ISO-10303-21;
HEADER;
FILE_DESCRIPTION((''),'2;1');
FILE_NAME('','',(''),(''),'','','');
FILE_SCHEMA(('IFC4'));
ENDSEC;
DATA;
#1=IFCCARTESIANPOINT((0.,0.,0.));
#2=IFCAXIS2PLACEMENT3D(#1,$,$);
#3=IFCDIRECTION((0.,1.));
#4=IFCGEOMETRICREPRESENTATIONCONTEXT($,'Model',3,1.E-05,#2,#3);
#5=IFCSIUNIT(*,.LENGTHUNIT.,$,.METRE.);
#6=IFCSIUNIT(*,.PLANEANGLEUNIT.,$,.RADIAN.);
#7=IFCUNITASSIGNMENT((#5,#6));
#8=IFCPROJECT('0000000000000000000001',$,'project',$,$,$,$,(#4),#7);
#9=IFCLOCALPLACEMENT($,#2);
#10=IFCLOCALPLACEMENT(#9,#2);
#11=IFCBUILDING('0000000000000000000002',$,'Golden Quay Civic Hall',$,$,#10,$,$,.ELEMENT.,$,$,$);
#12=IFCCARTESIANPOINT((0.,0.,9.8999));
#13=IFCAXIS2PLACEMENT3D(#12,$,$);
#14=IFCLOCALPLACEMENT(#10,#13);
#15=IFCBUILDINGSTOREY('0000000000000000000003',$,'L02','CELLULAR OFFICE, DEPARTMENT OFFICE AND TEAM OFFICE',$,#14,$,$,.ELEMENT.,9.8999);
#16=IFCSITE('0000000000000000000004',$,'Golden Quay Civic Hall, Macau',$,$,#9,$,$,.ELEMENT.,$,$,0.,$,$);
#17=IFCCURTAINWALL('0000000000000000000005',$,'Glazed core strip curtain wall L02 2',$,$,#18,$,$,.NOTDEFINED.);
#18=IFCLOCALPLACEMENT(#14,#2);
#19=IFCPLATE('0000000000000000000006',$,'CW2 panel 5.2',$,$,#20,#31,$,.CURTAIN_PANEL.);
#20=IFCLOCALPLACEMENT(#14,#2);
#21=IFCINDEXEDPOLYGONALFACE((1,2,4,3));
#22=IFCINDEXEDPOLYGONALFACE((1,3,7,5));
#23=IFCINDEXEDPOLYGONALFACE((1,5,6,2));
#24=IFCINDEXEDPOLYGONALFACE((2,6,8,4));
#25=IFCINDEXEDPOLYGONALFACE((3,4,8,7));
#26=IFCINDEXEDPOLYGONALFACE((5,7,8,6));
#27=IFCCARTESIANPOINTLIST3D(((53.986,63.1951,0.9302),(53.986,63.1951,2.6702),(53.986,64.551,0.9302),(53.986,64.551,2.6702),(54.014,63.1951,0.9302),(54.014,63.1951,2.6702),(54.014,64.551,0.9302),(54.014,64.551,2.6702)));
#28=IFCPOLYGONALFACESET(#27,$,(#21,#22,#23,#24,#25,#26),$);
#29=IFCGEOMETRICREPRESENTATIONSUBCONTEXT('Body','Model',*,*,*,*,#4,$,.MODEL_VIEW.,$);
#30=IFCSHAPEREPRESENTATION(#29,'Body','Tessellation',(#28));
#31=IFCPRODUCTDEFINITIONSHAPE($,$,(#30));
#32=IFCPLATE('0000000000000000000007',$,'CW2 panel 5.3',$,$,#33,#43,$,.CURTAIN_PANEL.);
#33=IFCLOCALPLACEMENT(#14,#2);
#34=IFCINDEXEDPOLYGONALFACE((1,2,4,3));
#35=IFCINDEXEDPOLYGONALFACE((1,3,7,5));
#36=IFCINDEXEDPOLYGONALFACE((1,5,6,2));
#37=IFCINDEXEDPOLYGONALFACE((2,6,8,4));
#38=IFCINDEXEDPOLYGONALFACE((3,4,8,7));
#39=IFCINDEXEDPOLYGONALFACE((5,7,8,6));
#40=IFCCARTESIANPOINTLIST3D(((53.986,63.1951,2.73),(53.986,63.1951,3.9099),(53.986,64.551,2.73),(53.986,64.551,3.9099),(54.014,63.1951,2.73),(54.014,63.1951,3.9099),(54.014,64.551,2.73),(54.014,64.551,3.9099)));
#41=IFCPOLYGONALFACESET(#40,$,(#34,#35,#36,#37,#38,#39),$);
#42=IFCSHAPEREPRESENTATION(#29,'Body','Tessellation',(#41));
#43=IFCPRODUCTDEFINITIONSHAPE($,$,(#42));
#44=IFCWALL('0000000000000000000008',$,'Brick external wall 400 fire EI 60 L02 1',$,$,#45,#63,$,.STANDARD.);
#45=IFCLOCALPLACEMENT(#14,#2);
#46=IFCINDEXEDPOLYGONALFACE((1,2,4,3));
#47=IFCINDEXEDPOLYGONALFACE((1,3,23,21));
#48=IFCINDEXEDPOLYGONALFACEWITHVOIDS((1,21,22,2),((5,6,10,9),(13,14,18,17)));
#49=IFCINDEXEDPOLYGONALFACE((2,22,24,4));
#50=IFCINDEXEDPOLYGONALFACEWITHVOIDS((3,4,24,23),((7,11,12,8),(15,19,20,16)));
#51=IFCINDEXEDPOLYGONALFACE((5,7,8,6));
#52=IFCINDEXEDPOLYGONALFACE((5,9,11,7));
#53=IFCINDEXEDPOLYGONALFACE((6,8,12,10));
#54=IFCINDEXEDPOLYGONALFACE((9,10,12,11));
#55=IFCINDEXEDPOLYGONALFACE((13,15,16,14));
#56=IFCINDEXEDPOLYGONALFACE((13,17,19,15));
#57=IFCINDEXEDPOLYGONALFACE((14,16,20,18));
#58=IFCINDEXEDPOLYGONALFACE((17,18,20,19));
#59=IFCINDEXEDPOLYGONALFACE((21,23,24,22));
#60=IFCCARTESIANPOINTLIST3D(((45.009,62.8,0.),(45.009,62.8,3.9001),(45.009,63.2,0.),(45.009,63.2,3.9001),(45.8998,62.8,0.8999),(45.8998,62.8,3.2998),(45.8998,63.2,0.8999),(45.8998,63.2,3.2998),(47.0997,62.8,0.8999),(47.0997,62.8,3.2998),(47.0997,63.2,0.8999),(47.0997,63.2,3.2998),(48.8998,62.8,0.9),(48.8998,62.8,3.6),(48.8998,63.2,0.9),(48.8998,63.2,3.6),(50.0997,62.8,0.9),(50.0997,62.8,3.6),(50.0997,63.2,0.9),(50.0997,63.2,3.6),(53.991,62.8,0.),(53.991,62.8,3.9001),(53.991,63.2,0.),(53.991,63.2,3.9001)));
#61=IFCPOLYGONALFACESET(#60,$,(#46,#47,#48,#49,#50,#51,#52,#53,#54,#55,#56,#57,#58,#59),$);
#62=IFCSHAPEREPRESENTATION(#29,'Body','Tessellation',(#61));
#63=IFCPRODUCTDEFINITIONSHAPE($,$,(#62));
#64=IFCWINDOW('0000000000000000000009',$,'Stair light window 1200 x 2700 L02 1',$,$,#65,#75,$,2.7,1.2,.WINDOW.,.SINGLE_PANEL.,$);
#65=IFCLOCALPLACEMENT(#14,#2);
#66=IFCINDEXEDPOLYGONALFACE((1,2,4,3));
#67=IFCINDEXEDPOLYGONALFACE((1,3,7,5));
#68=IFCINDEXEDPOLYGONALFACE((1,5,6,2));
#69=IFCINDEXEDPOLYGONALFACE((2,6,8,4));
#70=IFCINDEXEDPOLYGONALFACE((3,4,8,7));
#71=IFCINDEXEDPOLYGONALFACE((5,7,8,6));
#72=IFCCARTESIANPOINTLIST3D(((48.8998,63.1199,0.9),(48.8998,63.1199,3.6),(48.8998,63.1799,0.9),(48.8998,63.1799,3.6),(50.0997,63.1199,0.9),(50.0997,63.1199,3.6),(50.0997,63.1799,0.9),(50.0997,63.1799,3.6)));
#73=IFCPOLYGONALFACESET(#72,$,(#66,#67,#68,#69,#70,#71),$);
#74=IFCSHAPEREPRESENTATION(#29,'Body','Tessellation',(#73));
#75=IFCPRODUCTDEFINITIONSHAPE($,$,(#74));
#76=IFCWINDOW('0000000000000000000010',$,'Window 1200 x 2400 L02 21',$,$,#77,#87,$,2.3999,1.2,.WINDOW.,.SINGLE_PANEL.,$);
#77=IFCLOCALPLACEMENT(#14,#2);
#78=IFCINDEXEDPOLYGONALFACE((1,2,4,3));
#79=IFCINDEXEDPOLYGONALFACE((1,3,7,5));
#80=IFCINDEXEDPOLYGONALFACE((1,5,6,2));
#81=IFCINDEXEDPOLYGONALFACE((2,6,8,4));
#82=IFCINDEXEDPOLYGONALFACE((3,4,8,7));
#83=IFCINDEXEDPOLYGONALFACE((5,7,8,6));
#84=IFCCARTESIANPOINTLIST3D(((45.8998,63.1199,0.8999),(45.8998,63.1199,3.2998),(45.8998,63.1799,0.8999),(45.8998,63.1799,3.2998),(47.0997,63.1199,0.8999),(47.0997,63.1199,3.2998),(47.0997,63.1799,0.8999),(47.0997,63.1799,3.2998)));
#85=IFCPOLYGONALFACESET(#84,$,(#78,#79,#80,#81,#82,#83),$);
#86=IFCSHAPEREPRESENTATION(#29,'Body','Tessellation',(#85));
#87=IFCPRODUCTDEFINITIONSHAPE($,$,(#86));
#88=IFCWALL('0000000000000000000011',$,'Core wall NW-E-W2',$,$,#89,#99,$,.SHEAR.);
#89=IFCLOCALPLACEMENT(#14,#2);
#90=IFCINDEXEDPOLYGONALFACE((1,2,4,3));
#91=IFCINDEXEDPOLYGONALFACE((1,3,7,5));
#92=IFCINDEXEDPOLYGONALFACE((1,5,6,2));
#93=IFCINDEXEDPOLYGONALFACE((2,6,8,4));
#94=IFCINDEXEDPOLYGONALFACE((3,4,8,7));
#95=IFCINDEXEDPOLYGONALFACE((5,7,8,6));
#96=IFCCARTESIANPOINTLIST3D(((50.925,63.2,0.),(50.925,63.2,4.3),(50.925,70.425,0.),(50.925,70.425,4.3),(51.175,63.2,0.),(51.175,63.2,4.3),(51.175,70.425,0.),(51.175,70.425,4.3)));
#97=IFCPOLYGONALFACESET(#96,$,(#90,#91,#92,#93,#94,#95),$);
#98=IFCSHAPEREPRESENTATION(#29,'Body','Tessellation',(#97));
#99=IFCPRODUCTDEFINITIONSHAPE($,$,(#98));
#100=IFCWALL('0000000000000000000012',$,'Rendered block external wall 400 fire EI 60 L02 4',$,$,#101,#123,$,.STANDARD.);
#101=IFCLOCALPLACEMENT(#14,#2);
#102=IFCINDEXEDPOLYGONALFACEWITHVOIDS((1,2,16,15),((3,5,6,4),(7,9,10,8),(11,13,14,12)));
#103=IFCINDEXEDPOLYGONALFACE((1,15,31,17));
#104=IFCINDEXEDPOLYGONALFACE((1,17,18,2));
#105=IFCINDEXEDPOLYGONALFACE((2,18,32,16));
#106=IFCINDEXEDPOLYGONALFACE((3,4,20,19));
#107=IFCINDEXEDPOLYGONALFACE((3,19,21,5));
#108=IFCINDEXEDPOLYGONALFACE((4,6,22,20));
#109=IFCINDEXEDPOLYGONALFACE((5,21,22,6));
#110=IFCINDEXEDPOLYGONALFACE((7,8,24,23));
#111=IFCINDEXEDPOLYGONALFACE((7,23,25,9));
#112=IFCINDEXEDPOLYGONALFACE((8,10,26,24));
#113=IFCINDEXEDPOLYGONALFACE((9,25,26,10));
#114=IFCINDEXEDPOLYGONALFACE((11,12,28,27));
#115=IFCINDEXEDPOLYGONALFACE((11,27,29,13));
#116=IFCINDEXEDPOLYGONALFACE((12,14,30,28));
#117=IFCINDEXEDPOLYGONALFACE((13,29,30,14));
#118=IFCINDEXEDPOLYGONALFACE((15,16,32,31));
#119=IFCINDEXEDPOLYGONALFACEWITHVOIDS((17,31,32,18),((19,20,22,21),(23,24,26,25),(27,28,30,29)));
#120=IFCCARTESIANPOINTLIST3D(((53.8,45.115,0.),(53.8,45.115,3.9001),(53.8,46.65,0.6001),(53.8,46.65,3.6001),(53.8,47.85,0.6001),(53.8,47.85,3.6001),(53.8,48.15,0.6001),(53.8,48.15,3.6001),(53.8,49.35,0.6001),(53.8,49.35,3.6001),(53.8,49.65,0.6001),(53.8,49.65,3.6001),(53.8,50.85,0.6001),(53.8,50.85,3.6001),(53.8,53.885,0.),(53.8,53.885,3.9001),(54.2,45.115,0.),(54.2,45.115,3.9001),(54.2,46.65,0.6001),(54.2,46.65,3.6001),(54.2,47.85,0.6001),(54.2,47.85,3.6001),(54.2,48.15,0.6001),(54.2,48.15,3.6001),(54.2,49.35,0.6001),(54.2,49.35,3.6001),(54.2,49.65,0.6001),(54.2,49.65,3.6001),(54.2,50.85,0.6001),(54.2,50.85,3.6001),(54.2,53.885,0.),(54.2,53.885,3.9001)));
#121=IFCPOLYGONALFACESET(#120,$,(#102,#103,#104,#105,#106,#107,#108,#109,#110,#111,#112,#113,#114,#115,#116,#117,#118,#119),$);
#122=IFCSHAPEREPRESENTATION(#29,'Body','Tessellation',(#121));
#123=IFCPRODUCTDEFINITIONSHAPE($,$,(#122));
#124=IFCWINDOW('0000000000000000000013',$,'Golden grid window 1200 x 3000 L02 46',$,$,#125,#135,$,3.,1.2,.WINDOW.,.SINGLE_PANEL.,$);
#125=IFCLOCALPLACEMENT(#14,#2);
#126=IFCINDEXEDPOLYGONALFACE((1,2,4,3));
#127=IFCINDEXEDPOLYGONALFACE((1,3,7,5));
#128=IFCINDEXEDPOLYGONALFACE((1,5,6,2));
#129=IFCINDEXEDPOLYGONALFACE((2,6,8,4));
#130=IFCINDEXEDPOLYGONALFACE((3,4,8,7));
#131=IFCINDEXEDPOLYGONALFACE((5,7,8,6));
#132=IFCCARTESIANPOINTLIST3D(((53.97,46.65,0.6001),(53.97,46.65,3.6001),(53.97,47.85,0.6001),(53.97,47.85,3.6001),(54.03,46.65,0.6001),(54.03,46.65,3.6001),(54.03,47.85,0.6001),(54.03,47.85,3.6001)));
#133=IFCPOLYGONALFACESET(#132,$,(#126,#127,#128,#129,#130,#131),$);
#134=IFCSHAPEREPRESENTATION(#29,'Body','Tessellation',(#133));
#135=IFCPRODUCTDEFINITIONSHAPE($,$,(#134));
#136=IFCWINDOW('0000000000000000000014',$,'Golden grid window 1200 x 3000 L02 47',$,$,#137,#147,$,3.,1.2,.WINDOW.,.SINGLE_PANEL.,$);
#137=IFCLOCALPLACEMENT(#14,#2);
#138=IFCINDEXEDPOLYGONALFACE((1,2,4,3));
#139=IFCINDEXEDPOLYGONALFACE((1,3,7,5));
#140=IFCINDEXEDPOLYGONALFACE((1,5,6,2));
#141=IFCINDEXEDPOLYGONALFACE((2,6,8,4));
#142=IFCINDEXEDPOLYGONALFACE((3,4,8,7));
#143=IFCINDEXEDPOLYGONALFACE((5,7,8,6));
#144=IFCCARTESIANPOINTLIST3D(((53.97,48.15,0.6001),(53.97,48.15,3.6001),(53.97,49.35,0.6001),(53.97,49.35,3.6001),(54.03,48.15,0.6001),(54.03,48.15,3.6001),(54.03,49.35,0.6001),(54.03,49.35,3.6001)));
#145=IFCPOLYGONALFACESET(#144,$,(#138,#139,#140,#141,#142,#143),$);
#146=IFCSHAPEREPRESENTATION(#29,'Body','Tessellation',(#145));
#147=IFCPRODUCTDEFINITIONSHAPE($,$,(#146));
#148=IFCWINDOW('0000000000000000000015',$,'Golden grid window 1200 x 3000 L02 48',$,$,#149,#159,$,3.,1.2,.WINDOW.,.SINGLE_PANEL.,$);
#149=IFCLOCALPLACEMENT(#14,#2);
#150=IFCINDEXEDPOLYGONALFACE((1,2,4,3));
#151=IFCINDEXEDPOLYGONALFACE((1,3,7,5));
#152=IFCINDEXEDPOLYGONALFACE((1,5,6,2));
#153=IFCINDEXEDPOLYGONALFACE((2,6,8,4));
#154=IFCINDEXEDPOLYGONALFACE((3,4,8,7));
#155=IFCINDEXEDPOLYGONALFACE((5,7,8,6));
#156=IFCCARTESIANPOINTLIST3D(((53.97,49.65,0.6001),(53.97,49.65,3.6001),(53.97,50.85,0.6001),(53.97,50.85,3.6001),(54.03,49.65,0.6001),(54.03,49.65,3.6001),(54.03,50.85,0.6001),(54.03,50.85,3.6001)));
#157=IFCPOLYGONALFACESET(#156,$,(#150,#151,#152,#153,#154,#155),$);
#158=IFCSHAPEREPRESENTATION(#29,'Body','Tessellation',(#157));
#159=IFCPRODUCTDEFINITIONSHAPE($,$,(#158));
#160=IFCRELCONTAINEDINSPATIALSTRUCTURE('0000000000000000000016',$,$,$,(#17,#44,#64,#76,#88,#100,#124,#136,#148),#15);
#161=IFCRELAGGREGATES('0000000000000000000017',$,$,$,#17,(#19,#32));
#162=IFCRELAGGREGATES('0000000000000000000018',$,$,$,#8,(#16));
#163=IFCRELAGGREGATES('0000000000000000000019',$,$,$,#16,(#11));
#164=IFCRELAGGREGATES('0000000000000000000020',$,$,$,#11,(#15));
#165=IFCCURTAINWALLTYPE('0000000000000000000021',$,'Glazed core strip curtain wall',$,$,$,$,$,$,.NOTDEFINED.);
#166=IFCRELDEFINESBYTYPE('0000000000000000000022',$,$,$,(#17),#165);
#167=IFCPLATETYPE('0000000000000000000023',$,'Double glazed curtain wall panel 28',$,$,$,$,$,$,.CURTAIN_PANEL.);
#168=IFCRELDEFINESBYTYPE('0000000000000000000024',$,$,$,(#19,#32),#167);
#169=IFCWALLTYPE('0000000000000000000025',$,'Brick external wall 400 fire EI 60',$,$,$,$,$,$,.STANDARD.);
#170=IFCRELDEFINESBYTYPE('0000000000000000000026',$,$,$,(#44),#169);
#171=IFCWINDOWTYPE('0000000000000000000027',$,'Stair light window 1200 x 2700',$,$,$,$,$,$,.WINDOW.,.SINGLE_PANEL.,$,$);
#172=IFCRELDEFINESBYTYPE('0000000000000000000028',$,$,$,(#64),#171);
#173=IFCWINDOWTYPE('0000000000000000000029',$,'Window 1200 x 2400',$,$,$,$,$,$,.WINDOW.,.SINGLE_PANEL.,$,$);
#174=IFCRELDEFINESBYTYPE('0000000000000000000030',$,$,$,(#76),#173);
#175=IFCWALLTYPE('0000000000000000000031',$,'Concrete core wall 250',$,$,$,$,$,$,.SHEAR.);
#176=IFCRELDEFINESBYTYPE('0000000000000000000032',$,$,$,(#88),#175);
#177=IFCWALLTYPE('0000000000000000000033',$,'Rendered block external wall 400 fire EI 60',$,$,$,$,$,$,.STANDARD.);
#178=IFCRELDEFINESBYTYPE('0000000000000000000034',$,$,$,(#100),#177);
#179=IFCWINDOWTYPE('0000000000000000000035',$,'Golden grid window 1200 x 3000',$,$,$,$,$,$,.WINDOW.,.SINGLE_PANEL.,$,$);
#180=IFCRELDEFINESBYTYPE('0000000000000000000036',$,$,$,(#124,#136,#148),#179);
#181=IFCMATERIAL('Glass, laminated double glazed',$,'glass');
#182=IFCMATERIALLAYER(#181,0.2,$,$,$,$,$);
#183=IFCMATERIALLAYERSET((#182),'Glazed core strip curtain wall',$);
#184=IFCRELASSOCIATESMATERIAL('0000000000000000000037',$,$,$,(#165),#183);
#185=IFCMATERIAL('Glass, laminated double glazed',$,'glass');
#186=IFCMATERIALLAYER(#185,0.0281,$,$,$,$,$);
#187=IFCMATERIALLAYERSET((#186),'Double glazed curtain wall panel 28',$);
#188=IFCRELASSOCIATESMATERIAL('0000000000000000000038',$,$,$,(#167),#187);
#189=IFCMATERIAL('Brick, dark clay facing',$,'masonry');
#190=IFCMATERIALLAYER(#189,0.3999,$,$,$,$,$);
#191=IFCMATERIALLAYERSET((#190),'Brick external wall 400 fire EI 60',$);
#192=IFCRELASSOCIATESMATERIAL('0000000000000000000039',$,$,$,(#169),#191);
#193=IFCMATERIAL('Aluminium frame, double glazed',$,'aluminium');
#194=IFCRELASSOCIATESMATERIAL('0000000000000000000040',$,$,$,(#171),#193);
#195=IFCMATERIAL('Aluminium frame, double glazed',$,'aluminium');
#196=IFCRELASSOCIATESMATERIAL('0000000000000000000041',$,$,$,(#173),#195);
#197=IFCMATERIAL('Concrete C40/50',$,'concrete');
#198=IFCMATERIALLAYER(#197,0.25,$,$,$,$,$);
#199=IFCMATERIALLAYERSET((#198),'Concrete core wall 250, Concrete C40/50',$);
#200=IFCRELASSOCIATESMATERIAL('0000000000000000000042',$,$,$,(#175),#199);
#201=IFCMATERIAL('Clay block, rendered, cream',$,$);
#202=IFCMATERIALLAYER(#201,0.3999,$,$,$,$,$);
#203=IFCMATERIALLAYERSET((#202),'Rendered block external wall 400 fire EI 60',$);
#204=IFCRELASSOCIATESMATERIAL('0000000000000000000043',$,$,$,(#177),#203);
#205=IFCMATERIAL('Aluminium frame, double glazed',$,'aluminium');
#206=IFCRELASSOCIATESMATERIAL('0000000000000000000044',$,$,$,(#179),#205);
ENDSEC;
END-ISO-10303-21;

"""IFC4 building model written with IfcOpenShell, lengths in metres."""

from ifc_helpers import new_model, si_unit, direction, frame, frame_2d, origin, origin_2d, place, context, subcontext, project, spatial, rectangle, extrude, material, layer, layer_set, type_object, element, fill, aggregate, save


model = new_model("IFC4")

# Units and contexts
model_context = context("Model", 3, precision=1e-05, world=origin(), true_north=direction((0.0, 1.0)))
body_context = subcontext(model_context, "Body", "Model", "MODEL_VIEW")
ifc_project = project(units=[si_unit("LENGTHUNIT", "METRE"), si_unit("PLANEANGLEUNIT", "RADIAN")], contexts=[model_context])

# Site, building, storey
site_placement = place(None, origin())
site = spatial("IfcSite", under=ifc_project, at=site_placement, Name="Golden Quay Civic Hall, Macau", CompositionType="ELEMENT", RefElevation=0.0)
building_placement = place(site_placement, origin())
building = spatial("IfcBuilding", under=site, at=building_placement, Name="Golden Quay Civic Hall", CompositionType="ELEMENT")
storey_placement = place(building_placement, frame((0.0, 0.0, 9.8999)))
storey = spatial("IfcBuildingStorey", under=building, at=storey_placement, Name="L02", Description="CELLULAR OFFICE, DEPARTMENT OFFICE AND TEAM OFFICE", CompositionType="ELEMENT", Elevation=9.8999)

# Curtain wall
ifc_material_1 = material(Name="Glass, laminated double glazed", Category="glass")
ifc_layer_1 = layer(ifc_material_1, 0.2)
ifc_layer_set_1 = layer_set([ifc_layer_1], Name="Glazed core strip curtain wall")
curtain_wall_type = type_object("IfcCurtainWallType", Name="Glazed core strip curtain wall", PredefinedType="NOTDEFINED", material=ifc_layer_set_1)
curtain_wall_placement = place(storey_placement, origin())
curtain_wall = element("IfcCurtainWall", 1, at=curtain_wall_placement, inside=storey, type_object=curtain_wall_type, Name="Glazed core strip curtain wall L02 2", PredefinedType="NOTDEFINED")

# Plates
ifc_material_2 = material(Name="Glass, laminated double glazed", Category="glass")
ifc_layer_2 = layer(ifc_material_2, 0.0281)
ifc_layer_set_2 = layer_set([ifc_layer_2], Name="Double glazed curtain wall panel 28")
plate_type = type_object("IfcPlateType", Name="Double glazed curtain wall panel 28", PredefinedType="CURTAIN_PANEL", material=ifc_layer_set_2)
plate_1_placement = place(storey_placement, frame((54.0, 63.873, 0.9302), z_axis=(0.0, 0.0, 1.0), x_axis=(0.0, -1.0, 0.0)))
plate_1 = element("IfcPlate", 2, at=plate_1_placement, type_object=plate_type, Name="CW2 panel 5.2", PredefinedType="CURTAIN_PANEL", context=body_context, shape_type="SweptSolid", body=[
    extrude(rectangle(XDim=1.356, YDim=0.0281, at=origin_2d()), origin(), (0.0, 0.0, 1.0), 1.74),
])
plate_2_placement = place(storey_placement, frame((54.0, 63.873, 2.73), z_axis=(0.0, 0.0, 1.0), x_axis=(0.0, -1.0, 0.0)))
plate_2 = element("IfcPlate", 3, at=plate_2_placement, type_object=plate_type, Name="CW2 panel 5.3", PredefinedType="CURTAIN_PANEL", context=body_context, shape_type="SweptSolid", body=[
    extrude(rectangle(XDim=1.356, YDim=0.0281, at=origin_2d()), origin(), (0.0, 0.0, 1.0), 1.1799),
])
aggregate(curtain_wall, [plate_1, plate_2])

# Wall, openings, windows
ifc_material_3 = material(Name="Brick, dark clay facing", Category="masonry")
ifc_layer_3 = layer(ifc_material_3, 0.3999)
ifc_layer_set_3 = layer_set([ifc_layer_3], Name="Brick external wall 400 fire EI 60")
wall_type_1 = type_object("IfcWallType", Name="Brick external wall 400 fire EI 60", PredefinedType="STANDARD", material=ifc_layer_set_3)
wall_1_placement = place(storey_placement, frame((53.991, 63.0, 0.0), z_axis=(0.0, 0.0, 1.0), x_axis=(-1.0, 0.0, 0.0)))
wall_1 = element("IfcWall", 4, at=wall_1_placement, inside=storey, type_object=wall_type_1, Name="Brick external wall 400 fire EI 60 L02 1", PredefinedType="STANDARD", context=body_context, shape_type="SweptSolid", body=[
    extrude(rectangle(XDim=8.9819, YDim=0.3999, at=frame_2d((4.491, 0.0))), origin(), (0.0, 0.0, 1.0), 3.9001),
])
opening_1_placement = place(wall_1_placement, frame((6.8911, 0.0, 0.8999)))
opening_1 = element("IfcOpeningElement", 5, at=opening_1_placement, cuts=wall_1, PredefinedType="OPENING", context=body_context, shape_type="SweptSolid", body=[
    extrude(rectangle(XDim=1.2, YDim=2.3999, at=frame_2d((0.6001, 1.2))), frame((0.0, 0.21, 0.0), z_axis=(0.0, -1.0, 0.0), x_axis=(1.0, 0.0, 0.0)), (0.0, 0.0, 1.0), 0.4199),
])
opening_2_placement = place(wall_1_placement, frame((3.8911, 0.0, 0.8999)))
opening_2 = element("IfcOpeningElement", 6, at=opening_2_placement, cuts=wall_1, PredefinedType="OPENING", context=body_context, shape_type="SweptSolid", body=[
    extrude(rectangle(XDim=1.2, YDim=2.7, at=frame_2d((0.6001, 1.3501))), frame((0.0, 0.21, 0.0), z_axis=(0.0, -1.0, 0.0), x_axis=(1.0, 0.0, 0.0)), (0.0, 0.0, 1.0), 0.4199),
])
ifc_material_4 = material(Name="Aluminium frame, double glazed", Category="aluminium")
window_type_1 = type_object("IfcWindowType", Name="Stair light window 1200 x 2700", PartitioningType="SINGLE_PANEL", PredefinedType="WINDOW", material=ifc_material_4)
window_1_placement = place(opening_2_placement, origin())
window_1 = element("IfcWindow", 7, at=window_1_placement, inside=storey, type_object=window_type_1, Name="Stair light window 1200 x 2700 L02 1", OverallHeight=2.7, OverallWidth=1.2, PartitioningType="SINGLE_PANEL", PredefinedType="WINDOW", context=body_context, shape_type="SweptSolid", body=[
    extrude(rectangle(XDim=1.2, YDim=2.7, at=frame_2d((0.6001, 1.3501))), frame((0.0, -0.1199, 0.0), z_axis=(0.0, -1.0, 0.0), x_axis=(1.0, 0.0, 0.0)), (0.0, 0.0, 1.0), 0.0601),
])
fill(opening_2, window_1)
ifc_material_5 = material(Name="Aluminium frame, double glazed", Category="aluminium")
window_type_2 = type_object("IfcWindowType", Name="Window 1200 x 2400", PartitioningType="SINGLE_PANEL", PredefinedType="WINDOW", material=ifc_material_5)
window_2_placement = place(opening_1_placement, origin())
window_2 = element("IfcWindow", 8, at=window_2_placement, inside=storey, type_object=window_type_2, Name="Window 1200 x 2400 L02 21", OverallHeight=2.3999, OverallWidth=1.2, PartitioningType="SINGLE_PANEL", PredefinedType="WINDOW", context=body_context, shape_type="SweptSolid", body=[
    extrude(rectangle(XDim=1.2, YDim=2.3999, at=frame_2d((0.6001, 1.2))), frame((0.0, -0.1199, 0.0), z_axis=(0.0, -1.0, 0.0), x_axis=(1.0, 0.0, 0.0)), (0.0, 0.0, 1.0), 0.0601),
])
fill(opening_1, window_2)

# Wall
ifc_material_6 = material(Name="Concrete C40/50", Category="concrete")
ifc_layer_4 = layer(ifc_material_6, 0.25)
ifc_layer_set_4 = layer_set([ifc_layer_4], Name="Concrete core wall 250, Concrete C40/50")
wall_type_2 = type_object("IfcWallType", Name="Concrete core wall 250", PredefinedType="SHEAR", material=ifc_layer_set_4)
wall_2_placement = place(storey_placement, frame((51.05, 63.2, 0.0), z_axis=(0.0, 0.0, 1.0), x_axis=(0.0, 1.0, 0.0)))
element("IfcWall", 9, at=wall_2_placement, inside=storey, type_object=wall_type_2, Name="Core wall NW-E-W2", PredefinedType="SHEAR", context=body_context, shape_type="SweptSolid", body=[
    extrude(rectangle(XDim=7.2251, YDim=0.25, at=frame_2d((3.6125, 0.0))), origin(), (0.0, 0.0, 1.0), 4.3),
])

# Wall, openings, windows
ifc_material_7 = material(Name="Clay block, rendered, cream")
ifc_layer_5 = layer(ifc_material_7, 0.3999)
ifc_layer_set_5 = layer_set([ifc_layer_5], Name="Rendered block external wall 400 fire EI 60")
wall_type_3 = type_object("IfcWallType", Name="Rendered block external wall 400 fire EI 60", PredefinedType="STANDARD", material=ifc_layer_set_5)
wall_3_placement = place(storey_placement, frame((54.0, 45.115, 0.0), z_axis=(0.0, 0.0, 1.0), x_axis=(0.0, 1.0, 0.0)))
wall_3 = element("IfcWall", 10, at=wall_3_placement, inside=storey, type_object=wall_type_3, Name="Rendered block external wall 400 fire EI 60 L02 4", PredefinedType="STANDARD", context=body_context, shape_type="SweptSolid", body=[
    extrude(rectangle(XDim=8.77, YDim=0.3999, at=frame_2d((4.385, 0.0))), origin(), (0.0, 0.0, 1.0), 3.9001),
])
opening_3_placement = place(wall_3_placement, frame((1.5349, 0.0, 0.6001)))
opening_3 = element("IfcOpeningElement", 11, at=opening_3_placement, cuts=wall_3, PredefinedType="OPENING", context=body_context, shape_type="SweptSolid", body=[
    extrude(rectangle(XDim=1.2, YDim=3.0, at=frame_2d((0.6001, 1.5))), frame((0.0, 0.21, 0.0), z_axis=(0.0, -1.0, 0.0), x_axis=(1.0, 0.0, 0.0)), (0.0, 0.0, 1.0), 0.4199),
])
opening_4_placement = place(wall_3_placement, frame((3.0349, 0.0, 0.6001)))
opening_4 = element("IfcOpeningElement", 12, at=opening_4_placement, cuts=wall_3, PredefinedType="OPENING", context=body_context, shape_type="SweptSolid", body=[
    extrude(rectangle(XDim=1.2, YDim=3.0, at=frame_2d((0.6001, 1.5))), frame((0.0, 0.21, 0.0), z_axis=(0.0, -1.0, 0.0), x_axis=(1.0, 0.0, 0.0)), (0.0, 0.0, 1.0), 0.4199),
])
opening_5_placement = place(wall_3_placement, frame((4.5349, 0.0, 0.6001)))
opening_5 = element("IfcOpeningElement", 13, at=opening_5_placement, cuts=wall_3, PredefinedType="OPENING", context=body_context, shape_type="SweptSolid", body=[
    extrude(rectangle(XDim=1.2, YDim=3.0, at=frame_2d((0.6001, 1.5))), frame((0.0, 0.21, 0.0), z_axis=(0.0, -1.0, 0.0), x_axis=(1.0, 0.0, 0.0)), (0.0, 0.0, 1.0), 0.4199),
])
ifc_material_8 = material(Name="Aluminium frame, double glazed", Category="aluminium")
window_type_3 = type_object("IfcWindowType", Name="Golden grid window 1200 x 3000", PartitioningType="SINGLE_PANEL", PredefinedType="WINDOW", material=ifc_material_8)
window_3_placement = place(opening_3_placement, origin())
window_3 = element("IfcWindow", 14, at=window_3_placement, inside=storey, type_object=window_type_3, Name="Golden grid window 1200 x 3000 L02 46", OverallHeight=3.0, OverallWidth=1.2, PartitioningType="SINGLE_PANEL", PredefinedType="WINDOW", context=body_context, shape_type="SweptSolid", body=[
    extrude(rectangle(XDim=1.2, YDim=3.0, at=frame_2d((0.6001, 1.5))), frame((0.0, 0.03, 0.0), z_axis=(0.0, -1.0, 0.0), x_axis=(1.0, 0.0, 0.0)), (0.0, 0.0, 1.0), 0.0601),
])
fill(opening_3, window_3)
window_4_placement = place(opening_4_placement, origin())
window_4 = element("IfcWindow", 15, at=window_4_placement, inside=storey, type_object=window_type_3, Name="Golden grid window 1200 x 3000 L02 47", OverallHeight=3.0, OverallWidth=1.2, PartitioningType="SINGLE_PANEL", PredefinedType="WINDOW", context=body_context, shape_type="SweptSolid", body=[
    extrude(rectangle(XDim=1.2, YDim=3.0, at=frame_2d((0.6001, 1.5))), frame((0.0, 0.03, 0.0), z_axis=(0.0, -1.0, 0.0), x_axis=(1.0, 0.0, 0.0)), (0.0, 0.0, 1.0), 0.0601),
])
fill(opening_4, window_4)
window_5_placement = place(opening_5_placement, origin())
window_5 = element("IfcWindow", 16, at=window_5_placement, inside=storey, type_object=window_type_3, Name="Golden grid window 1200 x 3000 L02 48", OverallHeight=3.0, OverallWidth=1.2, PartitioningType="SINGLE_PANEL", PredefinedType="WINDOW", context=body_context, shape_type="SweptSolid", body=[
    extrude(rectangle(XDim=1.2, YDim=3.0, at=frame_2d((0.6001, 1.5))), frame((0.0, 0.03, 0.0), z_axis=(0.0, -1.0, 0.0), x_axis=(1.0, 0.0, 0.0)), (0.0, 0.0, 1.0), 0.0601),
])
fill(opening_5, window_5)

save(model, "model.ifc")
